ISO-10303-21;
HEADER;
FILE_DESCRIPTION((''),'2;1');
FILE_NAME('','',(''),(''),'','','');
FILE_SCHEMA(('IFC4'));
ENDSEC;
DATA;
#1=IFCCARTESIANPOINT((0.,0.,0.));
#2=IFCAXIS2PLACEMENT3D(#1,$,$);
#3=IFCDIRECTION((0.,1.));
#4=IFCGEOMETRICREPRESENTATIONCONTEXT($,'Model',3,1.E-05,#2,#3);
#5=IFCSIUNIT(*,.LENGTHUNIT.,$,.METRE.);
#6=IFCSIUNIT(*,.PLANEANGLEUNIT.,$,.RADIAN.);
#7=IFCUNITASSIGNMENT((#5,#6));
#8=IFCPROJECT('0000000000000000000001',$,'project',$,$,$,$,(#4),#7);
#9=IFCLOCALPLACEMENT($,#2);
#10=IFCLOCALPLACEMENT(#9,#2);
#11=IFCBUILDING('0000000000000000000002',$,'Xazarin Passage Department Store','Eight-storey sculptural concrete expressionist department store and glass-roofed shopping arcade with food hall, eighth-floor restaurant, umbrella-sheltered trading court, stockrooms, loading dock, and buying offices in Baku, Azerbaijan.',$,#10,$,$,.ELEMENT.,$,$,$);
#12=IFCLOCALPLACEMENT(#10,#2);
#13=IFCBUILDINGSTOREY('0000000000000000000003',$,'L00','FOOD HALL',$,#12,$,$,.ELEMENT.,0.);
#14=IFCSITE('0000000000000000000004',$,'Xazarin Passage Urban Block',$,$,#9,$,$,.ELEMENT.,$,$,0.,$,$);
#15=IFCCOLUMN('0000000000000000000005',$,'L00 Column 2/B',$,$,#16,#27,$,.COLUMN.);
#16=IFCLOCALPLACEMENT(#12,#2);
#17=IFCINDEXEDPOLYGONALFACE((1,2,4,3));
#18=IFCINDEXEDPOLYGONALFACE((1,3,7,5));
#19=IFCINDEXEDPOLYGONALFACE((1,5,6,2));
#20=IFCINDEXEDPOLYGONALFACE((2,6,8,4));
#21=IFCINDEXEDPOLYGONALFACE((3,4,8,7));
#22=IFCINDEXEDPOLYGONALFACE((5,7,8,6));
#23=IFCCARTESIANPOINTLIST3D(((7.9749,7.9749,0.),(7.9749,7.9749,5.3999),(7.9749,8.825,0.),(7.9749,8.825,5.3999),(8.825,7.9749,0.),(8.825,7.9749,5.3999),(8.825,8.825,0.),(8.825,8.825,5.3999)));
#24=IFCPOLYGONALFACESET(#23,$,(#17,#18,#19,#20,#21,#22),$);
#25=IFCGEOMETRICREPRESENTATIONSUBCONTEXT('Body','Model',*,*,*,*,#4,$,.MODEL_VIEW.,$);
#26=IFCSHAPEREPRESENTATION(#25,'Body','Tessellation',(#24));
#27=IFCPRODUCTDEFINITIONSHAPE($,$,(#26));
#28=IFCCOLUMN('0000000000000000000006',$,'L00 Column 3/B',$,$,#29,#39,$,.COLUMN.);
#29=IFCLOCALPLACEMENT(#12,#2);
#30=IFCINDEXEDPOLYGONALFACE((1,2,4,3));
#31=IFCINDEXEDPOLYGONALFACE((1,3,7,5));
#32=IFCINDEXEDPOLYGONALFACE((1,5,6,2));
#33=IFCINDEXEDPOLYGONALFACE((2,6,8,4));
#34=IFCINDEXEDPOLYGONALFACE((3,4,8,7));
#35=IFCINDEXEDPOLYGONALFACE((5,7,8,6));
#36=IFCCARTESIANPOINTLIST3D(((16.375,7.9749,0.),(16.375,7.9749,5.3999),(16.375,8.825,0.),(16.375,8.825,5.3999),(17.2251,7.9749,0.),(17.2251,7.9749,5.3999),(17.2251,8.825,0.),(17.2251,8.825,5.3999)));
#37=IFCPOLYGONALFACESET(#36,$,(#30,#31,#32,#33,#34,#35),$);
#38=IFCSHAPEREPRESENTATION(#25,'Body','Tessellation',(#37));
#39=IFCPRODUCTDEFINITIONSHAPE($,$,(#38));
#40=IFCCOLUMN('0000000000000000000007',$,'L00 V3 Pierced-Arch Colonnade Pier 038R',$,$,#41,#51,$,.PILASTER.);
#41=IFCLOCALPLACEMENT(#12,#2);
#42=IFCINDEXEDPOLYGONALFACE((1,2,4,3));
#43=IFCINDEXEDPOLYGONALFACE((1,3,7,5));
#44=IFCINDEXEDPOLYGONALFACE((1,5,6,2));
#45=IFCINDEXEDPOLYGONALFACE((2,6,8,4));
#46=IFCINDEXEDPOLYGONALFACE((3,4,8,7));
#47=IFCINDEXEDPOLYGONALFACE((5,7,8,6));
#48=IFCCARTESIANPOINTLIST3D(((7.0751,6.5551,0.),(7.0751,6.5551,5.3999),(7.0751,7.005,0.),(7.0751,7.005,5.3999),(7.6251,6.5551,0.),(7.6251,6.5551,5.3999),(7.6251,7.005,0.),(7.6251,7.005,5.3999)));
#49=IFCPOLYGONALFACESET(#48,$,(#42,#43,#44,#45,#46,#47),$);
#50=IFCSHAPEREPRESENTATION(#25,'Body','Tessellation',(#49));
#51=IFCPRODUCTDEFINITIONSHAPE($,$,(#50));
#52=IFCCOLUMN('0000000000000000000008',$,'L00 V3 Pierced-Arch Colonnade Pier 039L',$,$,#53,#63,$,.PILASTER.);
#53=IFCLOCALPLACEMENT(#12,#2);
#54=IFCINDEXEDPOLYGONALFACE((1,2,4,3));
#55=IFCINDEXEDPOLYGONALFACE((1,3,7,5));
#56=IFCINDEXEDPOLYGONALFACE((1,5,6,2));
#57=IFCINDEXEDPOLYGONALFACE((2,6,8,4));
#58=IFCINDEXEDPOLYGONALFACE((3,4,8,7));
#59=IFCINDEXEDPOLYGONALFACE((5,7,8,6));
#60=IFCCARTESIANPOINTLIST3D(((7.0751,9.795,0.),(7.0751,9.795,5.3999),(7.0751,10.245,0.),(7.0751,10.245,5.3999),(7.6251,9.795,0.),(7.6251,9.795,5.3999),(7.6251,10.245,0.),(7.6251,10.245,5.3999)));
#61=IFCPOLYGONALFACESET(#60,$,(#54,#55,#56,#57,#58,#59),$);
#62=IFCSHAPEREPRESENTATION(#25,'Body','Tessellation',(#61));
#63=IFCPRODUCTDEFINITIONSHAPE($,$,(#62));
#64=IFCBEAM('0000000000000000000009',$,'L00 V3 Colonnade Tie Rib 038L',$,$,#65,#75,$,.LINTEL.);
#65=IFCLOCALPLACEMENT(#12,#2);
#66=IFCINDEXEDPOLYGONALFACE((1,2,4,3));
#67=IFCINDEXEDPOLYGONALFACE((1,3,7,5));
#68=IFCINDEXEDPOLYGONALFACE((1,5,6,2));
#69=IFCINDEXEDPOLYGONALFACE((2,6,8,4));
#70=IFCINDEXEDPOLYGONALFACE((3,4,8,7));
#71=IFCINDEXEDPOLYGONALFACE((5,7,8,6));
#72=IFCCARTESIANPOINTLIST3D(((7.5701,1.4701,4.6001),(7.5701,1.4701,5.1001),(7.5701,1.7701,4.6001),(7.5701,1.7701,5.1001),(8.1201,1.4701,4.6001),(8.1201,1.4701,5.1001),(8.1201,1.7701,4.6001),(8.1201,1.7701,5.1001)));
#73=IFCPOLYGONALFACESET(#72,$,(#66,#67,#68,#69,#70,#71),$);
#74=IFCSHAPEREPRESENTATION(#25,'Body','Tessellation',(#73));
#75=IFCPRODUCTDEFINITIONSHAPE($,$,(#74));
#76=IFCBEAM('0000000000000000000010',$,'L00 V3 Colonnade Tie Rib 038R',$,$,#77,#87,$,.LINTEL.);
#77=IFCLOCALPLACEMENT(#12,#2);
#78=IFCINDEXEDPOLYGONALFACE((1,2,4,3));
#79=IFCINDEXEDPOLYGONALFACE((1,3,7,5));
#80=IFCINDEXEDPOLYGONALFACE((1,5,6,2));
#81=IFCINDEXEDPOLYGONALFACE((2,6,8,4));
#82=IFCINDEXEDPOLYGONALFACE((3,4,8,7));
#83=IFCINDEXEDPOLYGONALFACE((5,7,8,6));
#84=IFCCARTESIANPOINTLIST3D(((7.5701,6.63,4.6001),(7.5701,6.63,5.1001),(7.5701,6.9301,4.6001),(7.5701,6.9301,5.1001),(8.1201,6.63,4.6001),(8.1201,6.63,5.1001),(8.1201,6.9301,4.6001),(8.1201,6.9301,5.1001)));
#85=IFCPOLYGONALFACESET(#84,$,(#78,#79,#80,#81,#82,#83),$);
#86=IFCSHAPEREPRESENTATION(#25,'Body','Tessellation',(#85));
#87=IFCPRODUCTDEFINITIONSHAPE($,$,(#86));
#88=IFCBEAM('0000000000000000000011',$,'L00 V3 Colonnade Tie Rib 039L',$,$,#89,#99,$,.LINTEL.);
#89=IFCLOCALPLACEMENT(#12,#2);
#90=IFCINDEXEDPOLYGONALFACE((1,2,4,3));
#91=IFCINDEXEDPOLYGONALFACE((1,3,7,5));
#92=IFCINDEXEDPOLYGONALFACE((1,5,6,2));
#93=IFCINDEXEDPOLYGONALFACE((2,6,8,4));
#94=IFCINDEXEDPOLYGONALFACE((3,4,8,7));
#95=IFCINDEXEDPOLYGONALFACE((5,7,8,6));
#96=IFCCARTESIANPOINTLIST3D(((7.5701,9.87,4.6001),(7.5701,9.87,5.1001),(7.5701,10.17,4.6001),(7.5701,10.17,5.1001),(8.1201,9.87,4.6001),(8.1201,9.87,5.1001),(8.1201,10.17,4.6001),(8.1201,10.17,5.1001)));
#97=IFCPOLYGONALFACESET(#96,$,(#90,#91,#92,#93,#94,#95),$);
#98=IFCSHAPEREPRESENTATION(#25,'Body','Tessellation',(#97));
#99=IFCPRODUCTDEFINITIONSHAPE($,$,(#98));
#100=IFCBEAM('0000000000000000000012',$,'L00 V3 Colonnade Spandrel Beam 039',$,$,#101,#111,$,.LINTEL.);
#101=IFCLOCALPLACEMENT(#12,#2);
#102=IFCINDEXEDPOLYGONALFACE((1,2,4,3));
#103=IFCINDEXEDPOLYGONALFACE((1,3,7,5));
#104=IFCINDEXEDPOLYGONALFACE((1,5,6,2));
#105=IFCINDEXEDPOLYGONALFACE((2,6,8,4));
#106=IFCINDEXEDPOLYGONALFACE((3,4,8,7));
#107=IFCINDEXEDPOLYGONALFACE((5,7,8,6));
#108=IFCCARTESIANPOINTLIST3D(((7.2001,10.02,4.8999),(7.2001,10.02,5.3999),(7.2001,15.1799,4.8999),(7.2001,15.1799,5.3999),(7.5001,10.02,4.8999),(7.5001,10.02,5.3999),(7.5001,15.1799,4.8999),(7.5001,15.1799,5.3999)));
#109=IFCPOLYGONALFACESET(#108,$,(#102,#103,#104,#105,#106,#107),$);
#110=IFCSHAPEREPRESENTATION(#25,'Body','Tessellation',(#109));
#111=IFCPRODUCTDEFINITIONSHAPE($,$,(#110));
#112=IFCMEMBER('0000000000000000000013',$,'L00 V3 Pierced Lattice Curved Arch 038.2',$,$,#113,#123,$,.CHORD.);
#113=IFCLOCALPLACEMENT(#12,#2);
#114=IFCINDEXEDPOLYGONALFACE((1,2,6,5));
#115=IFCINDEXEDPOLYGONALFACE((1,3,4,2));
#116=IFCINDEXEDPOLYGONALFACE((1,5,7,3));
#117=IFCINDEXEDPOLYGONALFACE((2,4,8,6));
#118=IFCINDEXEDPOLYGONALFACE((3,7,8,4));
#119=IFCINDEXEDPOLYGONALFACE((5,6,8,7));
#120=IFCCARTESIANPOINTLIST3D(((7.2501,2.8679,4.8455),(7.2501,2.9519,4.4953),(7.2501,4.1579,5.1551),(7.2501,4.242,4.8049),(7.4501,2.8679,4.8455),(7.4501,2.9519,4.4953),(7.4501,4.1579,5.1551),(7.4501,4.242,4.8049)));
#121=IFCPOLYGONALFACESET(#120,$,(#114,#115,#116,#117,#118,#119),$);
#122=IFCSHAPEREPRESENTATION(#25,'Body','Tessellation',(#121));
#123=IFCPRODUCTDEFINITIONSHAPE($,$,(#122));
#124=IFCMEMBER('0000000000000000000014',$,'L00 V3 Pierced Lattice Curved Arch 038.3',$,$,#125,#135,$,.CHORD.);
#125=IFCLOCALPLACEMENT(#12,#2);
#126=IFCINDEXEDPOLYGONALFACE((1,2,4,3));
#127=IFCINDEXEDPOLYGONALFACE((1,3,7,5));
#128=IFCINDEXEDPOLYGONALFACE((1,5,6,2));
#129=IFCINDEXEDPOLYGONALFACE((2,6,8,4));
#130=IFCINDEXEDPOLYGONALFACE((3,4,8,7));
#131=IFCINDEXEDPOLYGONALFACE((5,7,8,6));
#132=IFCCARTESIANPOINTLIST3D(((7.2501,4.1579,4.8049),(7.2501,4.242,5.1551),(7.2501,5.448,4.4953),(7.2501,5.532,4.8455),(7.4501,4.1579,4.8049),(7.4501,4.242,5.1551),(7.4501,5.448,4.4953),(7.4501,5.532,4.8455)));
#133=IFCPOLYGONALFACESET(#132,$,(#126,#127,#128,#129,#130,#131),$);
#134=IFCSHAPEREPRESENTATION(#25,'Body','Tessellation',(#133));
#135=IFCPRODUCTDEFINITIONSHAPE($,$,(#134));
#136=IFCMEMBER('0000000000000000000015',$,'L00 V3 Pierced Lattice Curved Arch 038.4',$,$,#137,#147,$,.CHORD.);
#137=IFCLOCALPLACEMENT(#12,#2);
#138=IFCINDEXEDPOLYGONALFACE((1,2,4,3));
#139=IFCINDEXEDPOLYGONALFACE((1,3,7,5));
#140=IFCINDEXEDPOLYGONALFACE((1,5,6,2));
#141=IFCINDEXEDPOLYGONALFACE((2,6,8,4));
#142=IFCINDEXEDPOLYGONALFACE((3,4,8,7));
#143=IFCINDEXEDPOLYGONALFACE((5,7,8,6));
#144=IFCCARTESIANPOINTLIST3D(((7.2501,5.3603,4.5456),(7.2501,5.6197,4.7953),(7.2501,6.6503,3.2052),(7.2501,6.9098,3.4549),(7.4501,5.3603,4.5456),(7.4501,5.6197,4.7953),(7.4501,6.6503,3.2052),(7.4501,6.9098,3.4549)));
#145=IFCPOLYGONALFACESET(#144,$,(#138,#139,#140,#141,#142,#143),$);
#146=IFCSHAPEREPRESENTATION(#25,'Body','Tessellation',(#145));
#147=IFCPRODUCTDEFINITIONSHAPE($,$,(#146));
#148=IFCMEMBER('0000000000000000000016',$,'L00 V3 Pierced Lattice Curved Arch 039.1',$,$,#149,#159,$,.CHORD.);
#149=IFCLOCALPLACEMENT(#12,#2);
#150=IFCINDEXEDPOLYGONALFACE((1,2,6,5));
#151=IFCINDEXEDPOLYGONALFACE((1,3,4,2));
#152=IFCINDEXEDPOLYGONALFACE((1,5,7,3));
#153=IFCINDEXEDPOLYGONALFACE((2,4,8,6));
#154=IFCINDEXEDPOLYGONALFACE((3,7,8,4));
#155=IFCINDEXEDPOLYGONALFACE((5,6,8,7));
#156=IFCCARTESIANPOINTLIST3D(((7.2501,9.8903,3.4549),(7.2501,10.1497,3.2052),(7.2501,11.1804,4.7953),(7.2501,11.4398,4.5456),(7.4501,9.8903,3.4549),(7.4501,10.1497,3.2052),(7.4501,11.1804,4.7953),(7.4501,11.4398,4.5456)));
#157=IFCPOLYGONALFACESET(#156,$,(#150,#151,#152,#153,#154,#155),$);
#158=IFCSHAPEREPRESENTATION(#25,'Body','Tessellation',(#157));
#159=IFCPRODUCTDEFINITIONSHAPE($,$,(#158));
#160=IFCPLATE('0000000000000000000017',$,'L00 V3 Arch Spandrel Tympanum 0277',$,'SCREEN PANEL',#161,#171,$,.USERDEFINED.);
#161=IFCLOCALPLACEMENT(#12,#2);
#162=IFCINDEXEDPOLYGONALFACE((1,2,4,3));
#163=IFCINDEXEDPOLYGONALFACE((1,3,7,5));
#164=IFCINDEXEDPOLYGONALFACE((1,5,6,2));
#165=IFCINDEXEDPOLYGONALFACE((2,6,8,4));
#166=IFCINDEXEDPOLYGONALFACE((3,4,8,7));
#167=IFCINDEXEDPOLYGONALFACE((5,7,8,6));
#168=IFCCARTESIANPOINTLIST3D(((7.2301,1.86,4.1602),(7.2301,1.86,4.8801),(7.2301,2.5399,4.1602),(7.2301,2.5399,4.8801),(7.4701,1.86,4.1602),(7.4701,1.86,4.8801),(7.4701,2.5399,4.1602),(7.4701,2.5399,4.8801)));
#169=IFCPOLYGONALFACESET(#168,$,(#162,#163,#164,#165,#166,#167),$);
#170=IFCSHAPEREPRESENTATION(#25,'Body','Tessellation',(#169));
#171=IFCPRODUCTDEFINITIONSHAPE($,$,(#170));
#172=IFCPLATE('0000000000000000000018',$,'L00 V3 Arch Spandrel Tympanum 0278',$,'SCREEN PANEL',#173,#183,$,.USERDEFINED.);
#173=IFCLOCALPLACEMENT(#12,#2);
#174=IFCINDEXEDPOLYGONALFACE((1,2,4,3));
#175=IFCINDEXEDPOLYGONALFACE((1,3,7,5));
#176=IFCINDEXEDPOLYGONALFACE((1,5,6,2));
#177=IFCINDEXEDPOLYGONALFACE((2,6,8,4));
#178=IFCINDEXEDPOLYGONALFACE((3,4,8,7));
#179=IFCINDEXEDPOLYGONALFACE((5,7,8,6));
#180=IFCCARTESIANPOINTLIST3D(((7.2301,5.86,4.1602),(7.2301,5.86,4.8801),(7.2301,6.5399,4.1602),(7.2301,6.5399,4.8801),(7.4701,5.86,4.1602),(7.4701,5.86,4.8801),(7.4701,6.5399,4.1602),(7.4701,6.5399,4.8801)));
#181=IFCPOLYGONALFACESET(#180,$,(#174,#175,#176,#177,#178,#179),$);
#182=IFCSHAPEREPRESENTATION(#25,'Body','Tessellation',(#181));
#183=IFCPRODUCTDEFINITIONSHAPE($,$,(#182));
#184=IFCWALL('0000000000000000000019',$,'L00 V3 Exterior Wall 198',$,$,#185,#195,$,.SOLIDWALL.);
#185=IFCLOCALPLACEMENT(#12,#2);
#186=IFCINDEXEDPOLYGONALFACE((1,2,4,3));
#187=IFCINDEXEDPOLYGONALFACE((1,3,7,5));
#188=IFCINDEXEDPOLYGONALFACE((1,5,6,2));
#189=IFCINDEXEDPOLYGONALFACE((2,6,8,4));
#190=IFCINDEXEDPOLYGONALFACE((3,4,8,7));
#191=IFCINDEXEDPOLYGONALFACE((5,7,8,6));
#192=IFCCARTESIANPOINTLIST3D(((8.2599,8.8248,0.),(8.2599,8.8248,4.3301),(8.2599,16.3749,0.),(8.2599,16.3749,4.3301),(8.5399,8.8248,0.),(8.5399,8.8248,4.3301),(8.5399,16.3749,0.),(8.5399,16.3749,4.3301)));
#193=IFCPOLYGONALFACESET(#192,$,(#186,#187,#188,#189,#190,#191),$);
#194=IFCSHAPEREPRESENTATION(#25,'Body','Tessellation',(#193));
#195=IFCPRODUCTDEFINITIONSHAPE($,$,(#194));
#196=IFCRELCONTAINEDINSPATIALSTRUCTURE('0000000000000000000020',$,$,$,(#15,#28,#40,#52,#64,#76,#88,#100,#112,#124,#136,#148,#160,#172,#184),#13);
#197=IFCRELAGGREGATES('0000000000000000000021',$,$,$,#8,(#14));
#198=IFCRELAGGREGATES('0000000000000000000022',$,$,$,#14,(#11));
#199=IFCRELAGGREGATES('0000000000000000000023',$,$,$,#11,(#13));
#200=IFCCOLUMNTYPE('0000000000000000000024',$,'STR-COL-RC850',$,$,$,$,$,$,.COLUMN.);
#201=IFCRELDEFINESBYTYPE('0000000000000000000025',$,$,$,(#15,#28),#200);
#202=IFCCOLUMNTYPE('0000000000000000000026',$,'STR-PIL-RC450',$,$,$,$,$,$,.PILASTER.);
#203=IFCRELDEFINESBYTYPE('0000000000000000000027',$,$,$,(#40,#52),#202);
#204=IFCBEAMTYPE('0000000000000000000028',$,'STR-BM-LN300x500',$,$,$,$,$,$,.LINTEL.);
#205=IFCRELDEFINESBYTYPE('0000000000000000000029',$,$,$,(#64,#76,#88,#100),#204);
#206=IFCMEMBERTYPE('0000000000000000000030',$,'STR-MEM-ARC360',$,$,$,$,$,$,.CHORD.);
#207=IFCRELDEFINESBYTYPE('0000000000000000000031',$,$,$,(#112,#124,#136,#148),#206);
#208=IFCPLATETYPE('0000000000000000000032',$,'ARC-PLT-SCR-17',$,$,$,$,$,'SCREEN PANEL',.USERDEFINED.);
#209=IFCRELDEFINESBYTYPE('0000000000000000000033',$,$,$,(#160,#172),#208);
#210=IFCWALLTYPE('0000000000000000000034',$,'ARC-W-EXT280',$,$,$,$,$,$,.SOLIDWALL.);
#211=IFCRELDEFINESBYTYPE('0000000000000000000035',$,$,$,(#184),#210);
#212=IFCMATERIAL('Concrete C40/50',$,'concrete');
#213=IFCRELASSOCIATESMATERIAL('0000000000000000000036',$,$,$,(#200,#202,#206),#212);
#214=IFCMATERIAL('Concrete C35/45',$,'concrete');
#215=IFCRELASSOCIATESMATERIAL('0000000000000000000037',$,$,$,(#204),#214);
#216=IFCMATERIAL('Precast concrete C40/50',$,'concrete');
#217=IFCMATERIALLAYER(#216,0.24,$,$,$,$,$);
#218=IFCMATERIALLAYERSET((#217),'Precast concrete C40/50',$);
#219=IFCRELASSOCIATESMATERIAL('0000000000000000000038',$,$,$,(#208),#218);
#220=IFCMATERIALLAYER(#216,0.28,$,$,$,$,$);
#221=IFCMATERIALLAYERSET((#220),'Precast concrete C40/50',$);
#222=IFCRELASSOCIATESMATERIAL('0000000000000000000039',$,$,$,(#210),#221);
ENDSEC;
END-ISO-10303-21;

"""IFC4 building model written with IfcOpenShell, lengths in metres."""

from ifc_helpers import new_model, si_unit, direction, frame, frame_2d, origin, origin_2d, place, context, subcontext, project, spatial, rectangle, extrude, material, layer, layer_set, material_profile, profile_set, type_object, element, save


model = new_model("IFC4")

# Units and contexts
model_context = context("Model", 3, precision=1e-05, world=origin(), true_north=direction((0.0, 1.0)))
body_context = subcontext(model_context, "Body", "Model", "MODEL_VIEW")
ifc_project = project(units=[si_unit("LENGTHUNIT", "METRE"), si_unit("PLANEANGLEUNIT", "RADIAN")], contexts=[model_context])

# Site, building, storey
site_placement = place(None, origin())
site = spatial("IfcSite", under=ifc_project, at=site_placement, Name="Xazarin Passage Urban Block", CompositionType="ELEMENT", RefElevation=0.0)
building_placement = place(site_placement, origin())
building = spatial("IfcBuilding", under=site, at=building_placement, Name="Xazarin Passage Department Store", Description="Eight-storey sculptural concrete expressionist department store and glass-roofed shopping arcade with food hall, eighth-floor restaurant, umbrella-sheltered trading court, stockrooms, loading dock, and buying offices in Baku, Azerbaijan.", CompositionType="ELEMENT")
storey_placement = place(building_placement, origin())
storey = spatial("IfcBuildingStorey", under=building, at=storey_placement, Name="L00", Description="FOOD HALL", CompositionType="ELEMENT", Elevation=0.0)

# Shared definitions
ifc_material_1 = material(Name="Concrete C35/45", Category="concrete")

# Columns
ifc_material_2 = material(Name="Concrete C40/50", Category="concrete")
ifc_material_profile_1 = material_profile(ifc_material_2, rectangle(XDim=0.8501, YDim=0.8501, at=origin_2d()), Name="RC 850x850")
ifc_profile_set_1 = profile_set([ifc_material_profile_1], Name="Concrete C40/50")
column_type_1 = type_object("IfcColumnType", Name="STR-COL-RC850", PredefinedType="COLUMN", material=ifc_profile_set_1)
for number, where, z_axis, x_axis, name in (
    (1, (8.3999, 8.3999, 0.0), (0.0, 0.0, 1.0), (1.0, 0.0, 0.0), "L00 Column 2/B"),
    (2, (16.8, 8.3999, 0.0), (0.0, 0.0, 1.0), (1.0, 0.0, 0.0), "L00 Column 3/B"),
):
    element("IfcColumn", number, at=place(storey_placement, frame(where, z_axis=z_axis, x_axis=x_axis)), inside=storey, type_object=column_type_1, Name=name, PredefinedType="COLUMN", context=body_context, shape_type="SweptSolid", body=[
        extrude(rectangle(XDim=0.8501, YDim=0.8501, at=origin_2d()), origin(), (0.0, 0.0, 1.0), 5.3999),
    ])
ifc_material_profile_2 = material_profile(ifc_material_2, rectangle(XDim=0.45, YDim=0.55, at=origin_2d()), Name="RC 450x550")
ifc_profile_set_2 = profile_set([ifc_material_profile_2], Name="Concrete C40/50")
column_type_2 = type_object("IfcColumnType", Name="STR-PIL-RC450", PredefinedType="PILASTER", material=ifc_profile_set_2)
for number, where, z_axis, x_axis, name in (
    (3, (7.3501, 6.78, 0.0), (0.0, 0.0, 1.0), (0.0, 1.0, 0.0), "L00 V3 Pierced-Arch Colonnade Pier 038R"),
    (4, (7.3501, 10.02, 0.0), (0.0, 0.0, 1.0), (0.0, 1.0, 0.0), "L00 V3 Pierced-Arch Colonnade Pier 039L"),
):
    element("IfcColumn", number, at=place(storey_placement, frame(where, z_axis=z_axis, x_axis=x_axis)), inside=storey, type_object=column_type_2, Name=name, PredefinedType="PILASTER", context=body_context, shape_type="SweptSolid", body=[
        extrude(rectangle(XDim=0.45, YDim=0.55, at=origin_2d()), origin(), (0.0, 0.0, 1.0), 5.3999),
    ])

# Beams
ifc_material_profile_3 = material_profile(ifc_material_1, rectangle(XDim=0.3, YDim=0.5, at=origin_2d()), Name="RC 300x500")
ifc_profile_set_3 = profile_set([ifc_material_profile_3], Name="Concrete C35/45")
beam_type = type_object("IfcBeamType", Name="STR-BM-LN300x500", PredefinedType="LINTEL", material=ifc_profile_set_3)
for number, where, z_axis, x_axis, name in (
    (5, (8.1201, 1.6201, 4.8501), (-1.0, 0.0, 0.0), (0.0, -1.0, 0.0), "L00 V3 Colonnade Tie Rib 038L"),
    (6, (8.1201, 6.78, 4.8501), (-1.0, 0.0, 0.0), (0.0, -1.0, 0.0), "L00 V3 Colonnade Tie Rib 038R"),
    (7, (8.1201, 10.02, 4.8501), (-1.0, 0.0, 0.0), (0.0, -1.0, 0.0), "L00 V3 Colonnade Tie Rib 039L"),
):
    element("IfcBeam", number, at=place(storey_placement, frame(where, z_axis=z_axis, x_axis=x_axis)), inside=storey, type_object=beam_type, Name=name, PredefinedType="LINTEL", context=body_context, shape_type="SweptSolid", body=[
        extrude(rectangle(XDim=0.3, YDim=0.5, at=origin_2d()), origin(), (0.0, 0.0, 1.0), 0.55),
    ])
beam_placement = place(storey_placement, frame((7.3501, 10.02, 5.1499), z_axis=(0.0, 1.0, 0.0), x_axis=(-1.0, 0.0, 0.0)))
element("IfcBeam", 8, at=beam_placement, inside=storey, type_object=beam_type, Name="L00 V3 Colonnade Spandrel Beam 039", PredefinedType="LINTEL", context=body_context, shape_type="SweptSolid", body=[
    extrude(rectangle(XDim=0.3, YDim=0.5, at=origin_2d()), origin(), (0.0, 0.0, 1.0), 5.1599),
])

# Members
ifc_material_profile_4 = material_profile(ifc_material_2, rectangle(XDim=0.2, YDim=0.3601, at=origin_2d()), Name="RC 200x360")
ifc_profile_set_4 = profile_set([ifc_material_profile_4], Name="Concrete C40/50")
member_type = type_object("IfcMemberType", Name="STR-MEM-ARC360", PredefinedType="CHORD", material=ifc_profile_set_4)
for number, where, z_axis, x_axis, name in (
    (9, (7.3501, 2.9099, 4.6704), (0.0, 0.972394, 0.233345), (-1.0, 0.0, 0.0), "L00 V3 Pierced Lattice Curved Arch 038.2"),
    (10, (7.3501, 4.2, 4.98), (0.0, 0.972394, -0.233345), (-1.0, 0.0, 0.0), "L00 V3 Pierced Lattice Curved Arch 038.3"),
):
    element("IfcMember", number, at=place(storey_placement, frame(where, z_axis=z_axis, x_axis=x_axis)), inside=storey, type_object=member_type, Name=name, PredefinedType="CHORD", context=body_context, shape_type="SweptSolid", body=[
        extrude(rectangle(XDim=0.2, YDim=0.3601, at=origin_2d()), origin(), (0.0, 0.0, 1.0), 1.3267),
    ])
for number, where, z_axis, x_axis, name in (
    (11, (7.3501, 5.49, 4.6704), (0.0, 0.69346, -0.720495), (-1.0, 0.0, 0.0), "L00 V3 Pierced Lattice Curved Arch 038.4"),
    (12, (7.3501, 10.02, 3.3301), (0.0, 0.69346, 0.720495), (-1.0, 0.0, 0.0), "L00 V3 Pierced Lattice Curved Arch 039.1"),
):
    element("IfcMember", number, at=place(storey_placement, frame(where, z_axis=z_axis, x_axis=x_axis)), inside=storey, type_object=member_type, Name=name, PredefinedType="CHORD", context=body_context, shape_type="SweptSolid", body=[
        extrude(rectangle(XDim=0.2, YDim=0.3601, at=origin_2d()), origin(), (0.0, 0.0, 1.0), 1.8604),
    ])

# Plates
ifc_material_3 = material(Name="Precast concrete C40/50", Category="concrete")
ifc_layer_1 = layer(ifc_material_3, 0.24)
ifc_layer_set_1 = layer_set([ifc_layer_1], Name="Precast concrete C40/50")
plate_type = type_object("IfcPlateType", Name="ARC-PLT-SCR-17", ElementType="SCREEN PANEL", PredefinedType="USERDEFINED", material=ifc_layer_set_1)
for number, where, z_axis, x_axis, name in (
    (13, (7.3501, 2.2, 4.1602), (0.0, 0.0, 1.0), (0.0, 1.0, 0.0), "L00 V3 Arch Spandrel Tympanum 0277"),
    (14, (7.3501, 6.2, 4.1602), (0.0, 0.0, 1.0), (0.0, 1.0, 0.0), "L00 V3 Arch Spandrel Tympanum 0278"),
):
    element("IfcPlate", number, at=place(storey_placement, frame(where, z_axis=z_axis, x_axis=x_axis)), inside=storey, type_object=plate_type, Name=name, ObjectType="SCREEN PANEL", PredefinedType="USERDEFINED", context=body_context, shape_type="SweptSolid", body=[
        extrude(rectangle(XDim=0.6799, YDim=0.24, at=origin_2d()), origin(), (0.0, 0.0, 1.0), 0.72),
    ])

# Wall
ifc_layer_2 = layer(ifc_material_3, 0.28)
ifc_layer_set_2 = layer_set([ifc_layer_2], Name="Precast concrete C40/50")
wall_type_1 = type_object("IfcWallType", Name="ARC-W-EXT280", PredefinedType="SOLIDWALL", material=ifc_layer_set_2)
wall_placement = place(storey_placement, frame((8.3999, 8.825, 0.0), z_axis=(0.0, 0.0, 1.0), x_axis=(0.0, 1.0, 0.0)))
element("IfcWall", 15, at=wall_placement, inside=storey, type_object=wall_type_1, Name="L00 V3 Exterior Wall 198", PredefinedType="SOLIDWALL", context=body_context, shape_type="SweptSolid", body=[
    extrude(rectangle(XDim=7.55, YDim=0.28, at=frame_2d((3.7749, 0.0))), origin(), (0.0, 0.0, 1.0), 4.3301),
])

save(model, "model.ifc")
